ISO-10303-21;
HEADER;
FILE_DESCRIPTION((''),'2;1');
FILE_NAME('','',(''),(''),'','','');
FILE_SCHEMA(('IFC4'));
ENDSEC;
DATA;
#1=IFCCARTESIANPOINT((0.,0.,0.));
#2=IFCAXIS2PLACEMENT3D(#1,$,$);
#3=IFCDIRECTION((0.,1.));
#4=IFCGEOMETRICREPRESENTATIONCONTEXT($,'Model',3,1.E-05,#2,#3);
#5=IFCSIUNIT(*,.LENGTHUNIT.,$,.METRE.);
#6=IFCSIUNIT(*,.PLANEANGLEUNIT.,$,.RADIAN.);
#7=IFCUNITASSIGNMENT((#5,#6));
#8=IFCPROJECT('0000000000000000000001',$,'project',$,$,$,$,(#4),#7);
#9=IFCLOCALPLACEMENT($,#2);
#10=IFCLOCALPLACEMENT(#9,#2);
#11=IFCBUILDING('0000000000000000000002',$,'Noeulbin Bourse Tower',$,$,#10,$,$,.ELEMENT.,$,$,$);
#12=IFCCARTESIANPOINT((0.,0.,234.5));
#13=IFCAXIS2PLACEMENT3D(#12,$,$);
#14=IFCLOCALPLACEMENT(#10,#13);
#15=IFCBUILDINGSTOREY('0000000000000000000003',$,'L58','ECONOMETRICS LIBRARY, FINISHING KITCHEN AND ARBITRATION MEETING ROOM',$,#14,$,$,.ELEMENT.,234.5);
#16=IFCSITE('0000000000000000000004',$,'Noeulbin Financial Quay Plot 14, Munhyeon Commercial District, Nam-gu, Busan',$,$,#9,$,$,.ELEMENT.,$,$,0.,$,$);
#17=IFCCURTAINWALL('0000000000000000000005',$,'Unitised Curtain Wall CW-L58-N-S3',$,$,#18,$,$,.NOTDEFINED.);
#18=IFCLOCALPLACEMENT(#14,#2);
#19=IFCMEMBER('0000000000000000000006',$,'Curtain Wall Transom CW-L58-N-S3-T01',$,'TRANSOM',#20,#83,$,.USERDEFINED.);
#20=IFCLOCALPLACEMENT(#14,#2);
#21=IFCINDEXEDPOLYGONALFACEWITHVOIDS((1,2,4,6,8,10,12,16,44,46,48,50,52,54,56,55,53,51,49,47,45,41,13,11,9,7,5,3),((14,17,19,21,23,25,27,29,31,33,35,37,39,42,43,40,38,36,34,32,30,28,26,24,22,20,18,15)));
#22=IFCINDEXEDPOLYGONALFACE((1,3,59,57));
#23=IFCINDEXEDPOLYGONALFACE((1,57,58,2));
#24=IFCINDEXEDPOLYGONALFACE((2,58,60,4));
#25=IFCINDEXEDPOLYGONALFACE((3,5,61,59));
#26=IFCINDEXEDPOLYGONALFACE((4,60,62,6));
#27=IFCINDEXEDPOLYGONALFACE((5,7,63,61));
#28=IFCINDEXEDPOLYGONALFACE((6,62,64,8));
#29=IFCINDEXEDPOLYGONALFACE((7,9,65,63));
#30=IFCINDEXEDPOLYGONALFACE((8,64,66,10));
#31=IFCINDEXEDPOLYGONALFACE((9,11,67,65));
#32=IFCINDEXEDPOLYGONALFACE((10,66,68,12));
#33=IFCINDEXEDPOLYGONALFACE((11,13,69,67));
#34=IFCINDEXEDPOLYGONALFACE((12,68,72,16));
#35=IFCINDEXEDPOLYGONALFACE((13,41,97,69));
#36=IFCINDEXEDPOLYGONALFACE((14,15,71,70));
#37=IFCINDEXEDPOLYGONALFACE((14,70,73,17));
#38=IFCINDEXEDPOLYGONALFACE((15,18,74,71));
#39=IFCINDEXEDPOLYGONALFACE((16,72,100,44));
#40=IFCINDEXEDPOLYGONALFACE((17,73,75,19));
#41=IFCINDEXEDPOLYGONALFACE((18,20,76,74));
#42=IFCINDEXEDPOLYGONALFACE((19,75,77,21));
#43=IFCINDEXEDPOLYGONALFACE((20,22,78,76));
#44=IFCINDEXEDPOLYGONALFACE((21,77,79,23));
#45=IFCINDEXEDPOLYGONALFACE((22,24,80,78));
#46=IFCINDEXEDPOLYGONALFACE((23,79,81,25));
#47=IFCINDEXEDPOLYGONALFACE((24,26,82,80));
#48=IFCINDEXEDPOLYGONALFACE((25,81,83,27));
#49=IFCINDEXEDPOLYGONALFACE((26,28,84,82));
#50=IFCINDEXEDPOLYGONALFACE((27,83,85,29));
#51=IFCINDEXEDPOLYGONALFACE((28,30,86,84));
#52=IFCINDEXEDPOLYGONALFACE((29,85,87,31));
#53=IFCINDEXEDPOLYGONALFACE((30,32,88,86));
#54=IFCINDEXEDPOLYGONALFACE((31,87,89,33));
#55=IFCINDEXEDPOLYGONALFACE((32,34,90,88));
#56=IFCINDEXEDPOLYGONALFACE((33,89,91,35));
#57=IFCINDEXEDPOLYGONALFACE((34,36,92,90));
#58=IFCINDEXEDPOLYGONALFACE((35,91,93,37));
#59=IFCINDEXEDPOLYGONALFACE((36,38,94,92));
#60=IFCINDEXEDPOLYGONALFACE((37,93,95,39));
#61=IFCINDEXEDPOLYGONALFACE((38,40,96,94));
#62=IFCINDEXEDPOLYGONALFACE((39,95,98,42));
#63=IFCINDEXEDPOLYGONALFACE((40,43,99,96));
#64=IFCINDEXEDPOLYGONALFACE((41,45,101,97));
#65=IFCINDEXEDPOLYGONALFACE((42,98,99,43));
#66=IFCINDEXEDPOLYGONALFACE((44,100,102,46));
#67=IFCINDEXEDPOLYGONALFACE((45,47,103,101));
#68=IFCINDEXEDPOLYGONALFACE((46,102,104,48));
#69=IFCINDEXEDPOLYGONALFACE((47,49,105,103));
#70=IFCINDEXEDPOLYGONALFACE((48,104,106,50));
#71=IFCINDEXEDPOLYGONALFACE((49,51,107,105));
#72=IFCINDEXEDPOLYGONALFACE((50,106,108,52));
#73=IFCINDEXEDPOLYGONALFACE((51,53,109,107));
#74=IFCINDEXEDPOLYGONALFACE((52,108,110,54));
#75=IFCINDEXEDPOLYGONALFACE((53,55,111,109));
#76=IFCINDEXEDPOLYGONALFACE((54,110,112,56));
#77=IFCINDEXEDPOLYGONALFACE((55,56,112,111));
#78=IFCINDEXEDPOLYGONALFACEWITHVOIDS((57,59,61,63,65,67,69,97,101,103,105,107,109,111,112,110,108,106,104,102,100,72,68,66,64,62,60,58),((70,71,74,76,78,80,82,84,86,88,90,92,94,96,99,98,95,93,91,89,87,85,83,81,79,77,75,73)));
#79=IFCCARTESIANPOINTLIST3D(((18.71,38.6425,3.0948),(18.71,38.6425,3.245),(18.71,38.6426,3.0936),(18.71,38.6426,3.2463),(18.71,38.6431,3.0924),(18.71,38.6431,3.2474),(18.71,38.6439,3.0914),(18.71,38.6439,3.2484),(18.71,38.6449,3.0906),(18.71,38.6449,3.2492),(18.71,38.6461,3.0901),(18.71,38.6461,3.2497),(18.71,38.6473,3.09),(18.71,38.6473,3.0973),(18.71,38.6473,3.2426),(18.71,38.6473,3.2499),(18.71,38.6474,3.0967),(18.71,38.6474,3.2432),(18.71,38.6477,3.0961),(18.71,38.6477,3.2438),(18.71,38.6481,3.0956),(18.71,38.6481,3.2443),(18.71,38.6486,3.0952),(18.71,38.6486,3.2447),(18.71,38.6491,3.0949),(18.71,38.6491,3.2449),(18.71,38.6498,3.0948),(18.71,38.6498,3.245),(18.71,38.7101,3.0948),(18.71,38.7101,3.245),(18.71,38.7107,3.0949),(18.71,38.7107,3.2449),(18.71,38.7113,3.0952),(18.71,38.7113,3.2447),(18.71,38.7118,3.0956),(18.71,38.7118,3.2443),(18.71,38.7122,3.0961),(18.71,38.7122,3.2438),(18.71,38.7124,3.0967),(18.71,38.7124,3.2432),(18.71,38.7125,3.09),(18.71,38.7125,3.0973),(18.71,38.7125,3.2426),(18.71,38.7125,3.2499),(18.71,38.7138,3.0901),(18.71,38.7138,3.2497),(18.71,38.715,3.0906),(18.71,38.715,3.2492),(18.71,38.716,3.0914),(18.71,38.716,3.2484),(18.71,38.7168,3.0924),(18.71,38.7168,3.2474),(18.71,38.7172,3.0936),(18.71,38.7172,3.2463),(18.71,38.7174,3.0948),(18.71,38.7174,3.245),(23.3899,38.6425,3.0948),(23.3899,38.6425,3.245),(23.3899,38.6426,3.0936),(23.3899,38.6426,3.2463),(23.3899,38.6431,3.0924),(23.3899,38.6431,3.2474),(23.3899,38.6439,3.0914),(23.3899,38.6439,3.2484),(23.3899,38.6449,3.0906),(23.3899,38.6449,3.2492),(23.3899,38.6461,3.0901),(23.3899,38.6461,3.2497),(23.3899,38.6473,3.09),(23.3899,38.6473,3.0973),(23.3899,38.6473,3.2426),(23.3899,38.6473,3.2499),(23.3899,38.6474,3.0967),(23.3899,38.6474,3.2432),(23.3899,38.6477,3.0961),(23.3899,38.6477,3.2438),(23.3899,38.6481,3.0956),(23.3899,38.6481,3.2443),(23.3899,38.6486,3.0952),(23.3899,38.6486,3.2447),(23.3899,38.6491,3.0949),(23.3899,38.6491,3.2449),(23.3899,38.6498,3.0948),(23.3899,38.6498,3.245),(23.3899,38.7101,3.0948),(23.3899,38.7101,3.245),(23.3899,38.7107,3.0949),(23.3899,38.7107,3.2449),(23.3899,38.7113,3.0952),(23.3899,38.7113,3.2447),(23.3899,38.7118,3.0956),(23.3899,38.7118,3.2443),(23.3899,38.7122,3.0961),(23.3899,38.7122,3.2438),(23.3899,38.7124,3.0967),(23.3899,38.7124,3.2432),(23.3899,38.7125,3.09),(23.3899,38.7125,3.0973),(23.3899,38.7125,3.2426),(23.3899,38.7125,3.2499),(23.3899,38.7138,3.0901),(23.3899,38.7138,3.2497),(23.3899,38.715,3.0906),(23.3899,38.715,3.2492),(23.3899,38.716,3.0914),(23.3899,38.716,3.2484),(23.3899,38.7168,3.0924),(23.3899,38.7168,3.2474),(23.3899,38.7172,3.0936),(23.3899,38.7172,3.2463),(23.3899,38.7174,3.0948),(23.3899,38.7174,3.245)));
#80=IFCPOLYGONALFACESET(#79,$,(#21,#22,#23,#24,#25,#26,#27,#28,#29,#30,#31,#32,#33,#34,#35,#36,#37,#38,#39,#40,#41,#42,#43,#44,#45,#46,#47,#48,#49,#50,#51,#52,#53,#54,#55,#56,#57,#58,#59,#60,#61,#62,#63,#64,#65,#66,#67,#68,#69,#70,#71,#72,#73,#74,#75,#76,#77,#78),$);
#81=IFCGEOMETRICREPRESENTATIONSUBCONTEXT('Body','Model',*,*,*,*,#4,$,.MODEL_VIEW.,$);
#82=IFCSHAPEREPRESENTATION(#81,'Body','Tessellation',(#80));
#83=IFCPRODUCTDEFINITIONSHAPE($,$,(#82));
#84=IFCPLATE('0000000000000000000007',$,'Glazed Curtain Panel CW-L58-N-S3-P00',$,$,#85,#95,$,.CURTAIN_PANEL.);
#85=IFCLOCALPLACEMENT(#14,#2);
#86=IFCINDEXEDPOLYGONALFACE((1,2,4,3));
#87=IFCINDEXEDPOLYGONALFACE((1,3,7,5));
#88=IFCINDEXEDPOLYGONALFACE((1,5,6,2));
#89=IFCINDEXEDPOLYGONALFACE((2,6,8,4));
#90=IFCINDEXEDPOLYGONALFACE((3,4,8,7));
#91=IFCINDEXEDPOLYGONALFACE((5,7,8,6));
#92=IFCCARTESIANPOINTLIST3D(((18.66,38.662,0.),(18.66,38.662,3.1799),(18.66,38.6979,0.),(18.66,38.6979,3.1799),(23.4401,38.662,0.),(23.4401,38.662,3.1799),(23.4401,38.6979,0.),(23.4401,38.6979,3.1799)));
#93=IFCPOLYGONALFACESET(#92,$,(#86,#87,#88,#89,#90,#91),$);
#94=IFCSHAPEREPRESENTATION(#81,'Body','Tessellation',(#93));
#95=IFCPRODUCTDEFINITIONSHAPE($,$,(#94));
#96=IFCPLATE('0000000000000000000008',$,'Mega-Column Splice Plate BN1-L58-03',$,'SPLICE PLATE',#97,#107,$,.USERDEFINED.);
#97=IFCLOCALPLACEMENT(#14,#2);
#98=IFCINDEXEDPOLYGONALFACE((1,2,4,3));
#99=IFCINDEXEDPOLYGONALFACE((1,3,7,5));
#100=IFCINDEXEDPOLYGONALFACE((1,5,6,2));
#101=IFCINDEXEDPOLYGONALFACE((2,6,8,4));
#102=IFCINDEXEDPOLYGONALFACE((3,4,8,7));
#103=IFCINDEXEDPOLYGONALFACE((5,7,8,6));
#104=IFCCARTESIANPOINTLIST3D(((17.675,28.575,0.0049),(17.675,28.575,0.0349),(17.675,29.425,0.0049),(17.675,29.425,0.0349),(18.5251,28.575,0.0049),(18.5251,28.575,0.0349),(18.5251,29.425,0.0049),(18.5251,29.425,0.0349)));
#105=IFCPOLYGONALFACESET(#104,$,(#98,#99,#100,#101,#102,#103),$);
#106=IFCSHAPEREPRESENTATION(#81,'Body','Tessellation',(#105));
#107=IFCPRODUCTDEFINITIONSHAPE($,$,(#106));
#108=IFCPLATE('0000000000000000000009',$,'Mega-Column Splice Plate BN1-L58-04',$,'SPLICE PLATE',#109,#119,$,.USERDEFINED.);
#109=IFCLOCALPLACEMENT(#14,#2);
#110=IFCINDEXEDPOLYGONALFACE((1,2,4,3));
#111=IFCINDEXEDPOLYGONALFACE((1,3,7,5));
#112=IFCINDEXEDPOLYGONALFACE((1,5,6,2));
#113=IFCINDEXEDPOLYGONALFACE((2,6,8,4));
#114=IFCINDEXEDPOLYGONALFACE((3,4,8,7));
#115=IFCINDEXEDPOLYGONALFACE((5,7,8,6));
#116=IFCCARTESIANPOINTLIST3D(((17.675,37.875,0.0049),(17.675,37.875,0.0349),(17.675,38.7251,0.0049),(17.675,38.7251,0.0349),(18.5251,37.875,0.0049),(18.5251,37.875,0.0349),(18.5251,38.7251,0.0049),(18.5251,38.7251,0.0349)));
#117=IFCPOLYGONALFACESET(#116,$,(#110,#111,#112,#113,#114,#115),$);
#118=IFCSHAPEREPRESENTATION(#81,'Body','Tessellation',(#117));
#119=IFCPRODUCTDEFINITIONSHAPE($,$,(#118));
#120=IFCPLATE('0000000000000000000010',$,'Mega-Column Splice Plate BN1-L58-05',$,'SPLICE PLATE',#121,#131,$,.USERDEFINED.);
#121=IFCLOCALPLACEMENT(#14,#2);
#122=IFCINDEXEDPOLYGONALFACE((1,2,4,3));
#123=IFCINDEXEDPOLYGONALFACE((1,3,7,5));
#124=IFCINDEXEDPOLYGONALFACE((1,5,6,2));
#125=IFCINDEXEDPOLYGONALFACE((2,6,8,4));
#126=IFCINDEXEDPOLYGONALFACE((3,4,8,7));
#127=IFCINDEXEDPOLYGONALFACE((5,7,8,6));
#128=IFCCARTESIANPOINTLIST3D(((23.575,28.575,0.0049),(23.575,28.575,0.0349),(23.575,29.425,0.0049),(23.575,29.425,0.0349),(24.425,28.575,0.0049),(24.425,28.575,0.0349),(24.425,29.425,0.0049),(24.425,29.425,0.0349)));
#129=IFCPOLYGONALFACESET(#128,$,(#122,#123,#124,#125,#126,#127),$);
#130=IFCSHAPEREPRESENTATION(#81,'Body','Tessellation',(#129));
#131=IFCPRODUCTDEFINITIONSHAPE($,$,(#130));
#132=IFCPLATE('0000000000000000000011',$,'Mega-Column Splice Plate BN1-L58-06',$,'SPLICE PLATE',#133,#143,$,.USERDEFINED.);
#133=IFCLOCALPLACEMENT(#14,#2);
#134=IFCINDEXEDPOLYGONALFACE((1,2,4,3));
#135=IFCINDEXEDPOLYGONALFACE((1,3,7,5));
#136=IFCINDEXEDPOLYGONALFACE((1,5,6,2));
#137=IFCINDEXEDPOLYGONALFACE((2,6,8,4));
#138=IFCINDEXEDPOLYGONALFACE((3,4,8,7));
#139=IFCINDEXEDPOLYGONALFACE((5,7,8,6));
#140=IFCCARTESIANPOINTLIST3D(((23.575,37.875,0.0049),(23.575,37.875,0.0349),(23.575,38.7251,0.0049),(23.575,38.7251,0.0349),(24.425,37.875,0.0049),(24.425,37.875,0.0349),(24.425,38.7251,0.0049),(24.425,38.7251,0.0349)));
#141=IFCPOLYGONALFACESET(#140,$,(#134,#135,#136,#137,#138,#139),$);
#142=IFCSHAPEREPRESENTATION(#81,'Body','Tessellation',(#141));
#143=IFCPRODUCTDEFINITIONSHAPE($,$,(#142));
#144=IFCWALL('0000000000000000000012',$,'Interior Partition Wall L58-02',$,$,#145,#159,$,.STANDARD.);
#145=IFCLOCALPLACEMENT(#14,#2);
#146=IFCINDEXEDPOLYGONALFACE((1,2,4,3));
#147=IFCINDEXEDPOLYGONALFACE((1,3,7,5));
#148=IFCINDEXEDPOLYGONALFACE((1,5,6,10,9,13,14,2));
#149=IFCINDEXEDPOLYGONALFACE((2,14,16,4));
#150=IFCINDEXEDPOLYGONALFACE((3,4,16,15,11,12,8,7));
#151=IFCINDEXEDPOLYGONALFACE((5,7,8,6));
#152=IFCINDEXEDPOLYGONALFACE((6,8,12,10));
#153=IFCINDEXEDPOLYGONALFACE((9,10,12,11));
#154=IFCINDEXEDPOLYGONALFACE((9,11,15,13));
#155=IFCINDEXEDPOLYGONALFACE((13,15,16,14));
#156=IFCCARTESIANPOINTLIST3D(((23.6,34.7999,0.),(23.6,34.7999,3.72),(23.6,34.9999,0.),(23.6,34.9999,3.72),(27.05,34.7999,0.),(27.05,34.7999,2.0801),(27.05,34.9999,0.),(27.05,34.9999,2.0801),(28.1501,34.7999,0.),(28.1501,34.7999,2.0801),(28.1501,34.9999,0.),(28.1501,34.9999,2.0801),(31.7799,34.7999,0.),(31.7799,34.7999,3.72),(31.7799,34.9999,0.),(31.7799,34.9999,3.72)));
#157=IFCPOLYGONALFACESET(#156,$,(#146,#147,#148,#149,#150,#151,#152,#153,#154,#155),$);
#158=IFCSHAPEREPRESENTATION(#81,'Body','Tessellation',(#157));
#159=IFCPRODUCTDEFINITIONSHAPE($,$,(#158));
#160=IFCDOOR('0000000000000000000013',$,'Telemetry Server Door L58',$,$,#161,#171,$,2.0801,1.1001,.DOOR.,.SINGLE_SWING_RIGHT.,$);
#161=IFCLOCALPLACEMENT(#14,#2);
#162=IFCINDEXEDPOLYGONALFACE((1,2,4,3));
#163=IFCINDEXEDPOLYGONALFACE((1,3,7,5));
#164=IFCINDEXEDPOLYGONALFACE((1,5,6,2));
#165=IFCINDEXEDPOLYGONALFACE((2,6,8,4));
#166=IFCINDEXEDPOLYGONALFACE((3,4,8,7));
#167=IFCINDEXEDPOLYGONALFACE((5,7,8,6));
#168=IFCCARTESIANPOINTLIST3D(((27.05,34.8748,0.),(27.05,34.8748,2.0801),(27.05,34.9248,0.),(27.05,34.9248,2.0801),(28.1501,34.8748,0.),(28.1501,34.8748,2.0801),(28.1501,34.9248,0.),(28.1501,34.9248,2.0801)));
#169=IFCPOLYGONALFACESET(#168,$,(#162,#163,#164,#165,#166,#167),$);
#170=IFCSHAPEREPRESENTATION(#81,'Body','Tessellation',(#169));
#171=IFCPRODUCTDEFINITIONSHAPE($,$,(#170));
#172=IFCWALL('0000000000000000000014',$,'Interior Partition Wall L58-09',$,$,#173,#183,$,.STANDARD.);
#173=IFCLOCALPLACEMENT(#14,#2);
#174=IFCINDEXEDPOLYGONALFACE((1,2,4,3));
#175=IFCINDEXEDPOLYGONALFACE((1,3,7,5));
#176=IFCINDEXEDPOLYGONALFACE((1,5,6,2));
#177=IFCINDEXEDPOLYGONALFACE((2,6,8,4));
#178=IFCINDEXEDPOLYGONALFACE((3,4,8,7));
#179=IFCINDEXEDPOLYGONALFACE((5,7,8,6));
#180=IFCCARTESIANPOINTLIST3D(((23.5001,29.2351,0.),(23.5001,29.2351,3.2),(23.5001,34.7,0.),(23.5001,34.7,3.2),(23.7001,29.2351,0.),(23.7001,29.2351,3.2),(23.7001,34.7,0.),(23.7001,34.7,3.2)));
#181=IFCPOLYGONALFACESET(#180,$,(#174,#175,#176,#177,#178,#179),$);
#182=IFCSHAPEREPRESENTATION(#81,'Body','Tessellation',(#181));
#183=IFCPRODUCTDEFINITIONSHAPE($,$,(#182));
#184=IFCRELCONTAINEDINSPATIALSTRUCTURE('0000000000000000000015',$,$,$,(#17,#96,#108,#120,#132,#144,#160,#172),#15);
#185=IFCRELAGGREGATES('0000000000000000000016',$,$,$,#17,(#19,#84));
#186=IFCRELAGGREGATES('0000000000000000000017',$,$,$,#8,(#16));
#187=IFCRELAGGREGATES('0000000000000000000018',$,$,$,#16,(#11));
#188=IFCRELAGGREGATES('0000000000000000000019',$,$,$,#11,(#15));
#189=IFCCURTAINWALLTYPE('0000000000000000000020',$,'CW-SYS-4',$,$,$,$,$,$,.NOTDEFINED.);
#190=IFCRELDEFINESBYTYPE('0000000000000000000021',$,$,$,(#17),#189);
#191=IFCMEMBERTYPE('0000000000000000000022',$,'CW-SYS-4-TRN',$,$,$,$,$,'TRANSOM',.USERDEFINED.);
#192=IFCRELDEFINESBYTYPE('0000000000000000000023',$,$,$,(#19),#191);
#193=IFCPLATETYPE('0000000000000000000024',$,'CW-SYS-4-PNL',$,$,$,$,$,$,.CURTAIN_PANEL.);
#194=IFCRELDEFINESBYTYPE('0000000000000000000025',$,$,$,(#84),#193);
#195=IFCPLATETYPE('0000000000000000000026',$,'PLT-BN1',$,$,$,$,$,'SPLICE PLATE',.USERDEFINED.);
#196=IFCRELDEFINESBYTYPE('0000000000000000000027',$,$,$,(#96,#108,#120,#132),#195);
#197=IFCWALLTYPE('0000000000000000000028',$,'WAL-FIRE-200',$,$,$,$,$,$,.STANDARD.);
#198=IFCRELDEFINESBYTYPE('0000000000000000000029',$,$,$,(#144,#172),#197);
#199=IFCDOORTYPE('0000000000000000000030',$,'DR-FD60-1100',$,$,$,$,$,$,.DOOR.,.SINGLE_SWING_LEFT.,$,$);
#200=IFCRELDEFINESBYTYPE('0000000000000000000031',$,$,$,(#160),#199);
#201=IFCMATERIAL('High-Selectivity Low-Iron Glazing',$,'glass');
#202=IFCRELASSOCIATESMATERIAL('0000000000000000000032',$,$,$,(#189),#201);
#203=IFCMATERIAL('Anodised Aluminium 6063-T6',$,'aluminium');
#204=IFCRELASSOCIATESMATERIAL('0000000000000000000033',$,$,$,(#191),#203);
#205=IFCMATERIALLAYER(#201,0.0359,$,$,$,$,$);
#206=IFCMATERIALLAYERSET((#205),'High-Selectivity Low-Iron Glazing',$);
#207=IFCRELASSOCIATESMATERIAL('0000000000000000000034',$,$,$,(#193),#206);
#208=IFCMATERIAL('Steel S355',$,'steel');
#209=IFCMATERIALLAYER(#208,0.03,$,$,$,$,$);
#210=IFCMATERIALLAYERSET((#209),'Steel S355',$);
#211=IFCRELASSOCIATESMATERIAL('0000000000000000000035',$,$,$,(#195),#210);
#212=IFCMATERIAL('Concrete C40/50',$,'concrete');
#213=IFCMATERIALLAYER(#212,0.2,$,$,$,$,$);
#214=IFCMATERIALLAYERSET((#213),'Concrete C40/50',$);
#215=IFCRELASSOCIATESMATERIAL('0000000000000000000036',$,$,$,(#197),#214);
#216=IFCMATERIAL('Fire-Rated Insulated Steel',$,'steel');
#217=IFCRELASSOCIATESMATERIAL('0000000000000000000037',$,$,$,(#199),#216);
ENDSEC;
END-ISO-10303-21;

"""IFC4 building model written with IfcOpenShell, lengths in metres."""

from ifc_helpers import new_model, si_unit, direction, frame, frame_2d, origin, origin_2d, place, context, subcontext, project, spatial, rectangle, hollow_rectangle, extrude, material, layer, layer_set, material_profile, profile_set, type_object, element, fill, aggregate, save


model = new_model("IFC4")

# Units and contexts
model_context = context("Model", 3, precision=1e-05, world=origin(), true_north=direction((0.0, 1.0)))
body_context = subcontext(model_context, "Body", "Model", "MODEL_VIEW")
ifc_project = project(units=[si_unit("LENGTHUNIT", "METRE"), si_unit("PLANEANGLEUNIT", "RADIAN")], contexts=[model_context])

# Site, building, storey
site_placement = place(None, origin())
site = spatial("IfcSite", under=ifc_project, at=site_placement, Name="Noeulbin Financial Quay Plot 14, Munhyeon Commercial District, Nam-gu, Busan", CompositionType="ELEMENT", RefElevation=0.0)
building_placement = place(site_placement, origin())
building = spatial("IfcBuilding", under=site, at=building_placement, Name="Noeulbin Bourse Tower", CompositionType="ELEMENT")
storey_placement = place(building_placement, frame((0.0, 0.0, 234.5)))
storey = spatial("IfcBuildingStorey", under=building, at=storey_placement, Name="L58", Description="ECONOMETRICS LIBRARY, FINISHING KITCHEN AND ARBITRATION MEETING ROOM", CompositionType="ELEMENT", Elevation=234.5)

# Shared definitions
ifc_material_1 = material(Name="Steel S355", Category="steel")

# Curtain wall, member, plate
ifc_material_2 = material(Name="High-Selectivity Low-Iron Glazing", Category="glass")
curtain_wall_type = type_object("IfcCurtainWallType", Name="CW-SYS-4", PredefinedType="NOTDEFINED", material=ifc_material_2)
curtain_wall_placement = place(storey_placement, origin())
curtain_wall = element("IfcCurtainWall", 1, at=curtain_wall_placement, inside=storey, type_object=curtain_wall_type, Name="Unitised Curtain Wall CW-L58-N-S3", PredefinedType="NOTDEFINED")
ifc_material_3 = material(Name="Anodised Aluminium 6063-T6", Category="aluminium")
ifc_material_profile_1 = material_profile(ifc_material_3, hollow_rectangle(XDim=0.075, YDim=0.1599, WallThickness=0.0049, InnerFilletRadius=0.0024, OuterFilletRadius=0.0049, at=origin_2d()), Name="ALU-TRAN-75x160x5", Category="LoadBearing")
ifc_profile_set_1 = profile_set([ifc_material_profile_1], Name="Anodised Aluminium 6063-T6")
member_type_1 = type_object("IfcMemberType", Name="CW-SYS-4-TRN", ElementType="TRANSOM", PredefinedType="USERDEFINED", material=ifc_profile_set_1)
member_1_placement = place(storey_placement, frame((18.71, 38.6799, 3.1699), z_axis=(1.0, 0.0, 0.0), x_axis=(0.0, 1.0, 0.0)))
member_1 = element("IfcMember", 2, at=member_1_placement, type_object=member_type_1, Name="Curtain Wall Transom CW-L58-N-S3-T01", ObjectType="TRANSOM", PredefinedType="USERDEFINED", context=body_context, shape_type="SweptSolid", body=[
    extrude(hollow_rectangle(XDim=0.075, YDim=0.1599, WallThickness=0.0049, InnerFilletRadius=0.0024, OuterFilletRadius=0.0049, at=origin_2d()), origin(), (0.0, 0.0, 1.0), 4.6799),
])
ifc_layer_1 = layer(ifc_material_2, 0.0359)
ifc_layer_set_1 = layer_set([ifc_layer_1], Name="High-Selectivity Low-Iron Glazing")
plate_type_1 = type_object("IfcPlateType", Name="CW-SYS-4-PNL", PredefinedType="CURTAIN_PANEL", material=ifc_layer_set_1)
plate_placement = place(storey_placement, frame((21.05, 38.6799, 0.0), z_axis=(0.0, 0.0, 1.0), x_axis=(1.0, 0.0, 0.0)))
plate = element("IfcPlate", 3, at=plate_placement, type_object=plate_type_1, Name="Glazed Curtain Panel CW-L58-N-S3-P00", PredefinedType="CURTAIN_PANEL", context=body_context, shape_type="SweptSolid", body=[
    extrude(rectangle(XDim=4.78, YDim=0.0359, at=origin_2d()), origin(), (0.0, 0.0, 1.0), 3.1799),
])
aggregate(curtain_wall, [member_1, plate])

# Plates
ifc_layer_2 = layer(ifc_material_1, 0.03)
ifc_layer_set_2 = layer_set([ifc_layer_2], Name="Steel S355")
plate_type_2 = type_object("IfcPlateType", Name="PLT-BN1", ElementType="SPLICE PLATE", PredefinedType="USERDEFINED", material=ifc_layer_set_2)
for number, where, z_axis, x_axis, name in (
    (4, (18.1001, 29.0, 0.0049), (0.0, 0.0, 1.0), (1.0, 0.0, 0.0), "Mega-Column Splice Plate BN1-L58-03"),
    (5, (18.1001, 38.3, 0.0049), (0.0, 0.0, 1.0), (1.0, 0.0, 0.0), "Mega-Column Splice Plate BN1-L58-04"),
    (6, (24.0, 29.0, 0.0049), (0.0, 0.0, 1.0), (1.0, 0.0, 0.0), "Mega-Column Splice Plate BN1-L58-05"),
    (7, (24.0, 38.3, 0.0049), (0.0, 0.0, 1.0), (1.0, 0.0, 0.0), "Mega-Column Splice Plate BN1-L58-06"),
):
    element("IfcPlate", number, at=place(storey_placement, frame(where, z_axis=z_axis, x_axis=x_axis)), inside=storey, type_object=plate_type_2, Name=name, ObjectType="SPLICE PLATE", PredefinedType="USERDEFINED", context=body_context, shape_type="SweptSolid", body=[
        extrude(rectangle(XDim=0.8501, YDim=0.8501, at=origin_2d()), origin(), (0.0, 0.0, 1.0), 0.03),
    ])

# Wall, opening, door
ifc_material_4 = material(Name="Concrete C40/50", Category="concrete")
ifc_layer_3 = layer(ifc_material_4, 0.2)
ifc_layer_set_3 = layer_set([ifc_layer_3], Name="Concrete C40/50")
wall_type_1 = type_object("IfcWallType", Name="WAL-FIRE-200", PredefinedType="STANDARD", material=ifc_layer_set_3)
wall_1_placement = place(storey_placement, frame((23.6001, 34.8999, 0.0), z_axis=(0.0, 0.0, 1.0), x_axis=(1.0, 0.0, 0.0)))
wall_1 = element("IfcWall", 8, at=wall_1_placement, inside=storey, type_object=wall_type_1, Name="Interior Partition Wall L58-02", PredefinedType="STANDARD", context=body_context, shape_type="SweptSolid", body=[
    extrude(rectangle(XDim=8.1799, YDim=0.2, at=frame_2d((4.0898, 0.0))), origin(), (0.0, 0.0, 1.0), 3.72),
])
opening_1_placement = place(wall_1_placement, frame((3.45, 0.0, 0.0)))
opening_1 = element("IfcOpeningElement", 9, at=opening_1_placement, cuts=wall_1, PredefinedType="OPENING", context=body_context, shape_type="SweptSolid", body=[
    extrude(rectangle(XDim=1.1001, YDim=2.0801, at=frame_2d((0.55, 1.04))), frame((0.0, 0.1099, 0.0), z_axis=(0.0, -1.0, 0.0), x_axis=(1.0, 0.0, 0.0)), (0.0, 0.0, 1.0), 0.22),
])
ifc_material_5 = material(Name="Fire-Rated Insulated Steel", Category="steel")
door_type_1 = type_object("IfcDoorType", Name="DR-FD60-1100", OperationType="SINGLE_SWING_LEFT", PredefinedType="DOOR", material=ifc_material_5)
door_1_placement = place(opening_1_placement, origin())
door_1 = element("IfcDoor", 10, at=door_1_placement, inside=storey, type_object=door_type_1, Name="Telemetry Server Door L58", OperationType="SINGLE_SWING_RIGHT", OverallHeight=2.0801, OverallWidth=1.1001, PredefinedType="DOOR", context=body_context, shape_type="SweptSolid", body=[
    extrude(rectangle(XDim=1.1001, YDim=2.0801, at=frame_2d((0.55, 1.04))), frame((0.0, 0.0249, 0.0), z_axis=(0.0, -1.0, 0.0), x_axis=(1.0, 0.0, 0.0)), (0.0, 0.0, 1.0), 0.05),
])
fill(opening_1, door_1)

# Wall
wall_2_placement = place(storey_placement, frame((23.6001, 29.2351, 0.0), z_axis=(0.0, 0.0, 1.0), x_axis=(0.0, 1.0, 0.0)))
element("IfcWall", 11, at=wall_2_placement, inside=storey, type_object=wall_type_1, Name="Interior Partition Wall L58-09", PredefinedType="STANDARD", context=body_context, shape_type="SweptSolid", body=[
    extrude(rectangle(XDim=5.4648, YDim=0.2, at=frame_2d((2.7324, 0.0))), origin(), (0.0, 0.0, 1.0), 3.2),
])

save(model, "model.ifc")
